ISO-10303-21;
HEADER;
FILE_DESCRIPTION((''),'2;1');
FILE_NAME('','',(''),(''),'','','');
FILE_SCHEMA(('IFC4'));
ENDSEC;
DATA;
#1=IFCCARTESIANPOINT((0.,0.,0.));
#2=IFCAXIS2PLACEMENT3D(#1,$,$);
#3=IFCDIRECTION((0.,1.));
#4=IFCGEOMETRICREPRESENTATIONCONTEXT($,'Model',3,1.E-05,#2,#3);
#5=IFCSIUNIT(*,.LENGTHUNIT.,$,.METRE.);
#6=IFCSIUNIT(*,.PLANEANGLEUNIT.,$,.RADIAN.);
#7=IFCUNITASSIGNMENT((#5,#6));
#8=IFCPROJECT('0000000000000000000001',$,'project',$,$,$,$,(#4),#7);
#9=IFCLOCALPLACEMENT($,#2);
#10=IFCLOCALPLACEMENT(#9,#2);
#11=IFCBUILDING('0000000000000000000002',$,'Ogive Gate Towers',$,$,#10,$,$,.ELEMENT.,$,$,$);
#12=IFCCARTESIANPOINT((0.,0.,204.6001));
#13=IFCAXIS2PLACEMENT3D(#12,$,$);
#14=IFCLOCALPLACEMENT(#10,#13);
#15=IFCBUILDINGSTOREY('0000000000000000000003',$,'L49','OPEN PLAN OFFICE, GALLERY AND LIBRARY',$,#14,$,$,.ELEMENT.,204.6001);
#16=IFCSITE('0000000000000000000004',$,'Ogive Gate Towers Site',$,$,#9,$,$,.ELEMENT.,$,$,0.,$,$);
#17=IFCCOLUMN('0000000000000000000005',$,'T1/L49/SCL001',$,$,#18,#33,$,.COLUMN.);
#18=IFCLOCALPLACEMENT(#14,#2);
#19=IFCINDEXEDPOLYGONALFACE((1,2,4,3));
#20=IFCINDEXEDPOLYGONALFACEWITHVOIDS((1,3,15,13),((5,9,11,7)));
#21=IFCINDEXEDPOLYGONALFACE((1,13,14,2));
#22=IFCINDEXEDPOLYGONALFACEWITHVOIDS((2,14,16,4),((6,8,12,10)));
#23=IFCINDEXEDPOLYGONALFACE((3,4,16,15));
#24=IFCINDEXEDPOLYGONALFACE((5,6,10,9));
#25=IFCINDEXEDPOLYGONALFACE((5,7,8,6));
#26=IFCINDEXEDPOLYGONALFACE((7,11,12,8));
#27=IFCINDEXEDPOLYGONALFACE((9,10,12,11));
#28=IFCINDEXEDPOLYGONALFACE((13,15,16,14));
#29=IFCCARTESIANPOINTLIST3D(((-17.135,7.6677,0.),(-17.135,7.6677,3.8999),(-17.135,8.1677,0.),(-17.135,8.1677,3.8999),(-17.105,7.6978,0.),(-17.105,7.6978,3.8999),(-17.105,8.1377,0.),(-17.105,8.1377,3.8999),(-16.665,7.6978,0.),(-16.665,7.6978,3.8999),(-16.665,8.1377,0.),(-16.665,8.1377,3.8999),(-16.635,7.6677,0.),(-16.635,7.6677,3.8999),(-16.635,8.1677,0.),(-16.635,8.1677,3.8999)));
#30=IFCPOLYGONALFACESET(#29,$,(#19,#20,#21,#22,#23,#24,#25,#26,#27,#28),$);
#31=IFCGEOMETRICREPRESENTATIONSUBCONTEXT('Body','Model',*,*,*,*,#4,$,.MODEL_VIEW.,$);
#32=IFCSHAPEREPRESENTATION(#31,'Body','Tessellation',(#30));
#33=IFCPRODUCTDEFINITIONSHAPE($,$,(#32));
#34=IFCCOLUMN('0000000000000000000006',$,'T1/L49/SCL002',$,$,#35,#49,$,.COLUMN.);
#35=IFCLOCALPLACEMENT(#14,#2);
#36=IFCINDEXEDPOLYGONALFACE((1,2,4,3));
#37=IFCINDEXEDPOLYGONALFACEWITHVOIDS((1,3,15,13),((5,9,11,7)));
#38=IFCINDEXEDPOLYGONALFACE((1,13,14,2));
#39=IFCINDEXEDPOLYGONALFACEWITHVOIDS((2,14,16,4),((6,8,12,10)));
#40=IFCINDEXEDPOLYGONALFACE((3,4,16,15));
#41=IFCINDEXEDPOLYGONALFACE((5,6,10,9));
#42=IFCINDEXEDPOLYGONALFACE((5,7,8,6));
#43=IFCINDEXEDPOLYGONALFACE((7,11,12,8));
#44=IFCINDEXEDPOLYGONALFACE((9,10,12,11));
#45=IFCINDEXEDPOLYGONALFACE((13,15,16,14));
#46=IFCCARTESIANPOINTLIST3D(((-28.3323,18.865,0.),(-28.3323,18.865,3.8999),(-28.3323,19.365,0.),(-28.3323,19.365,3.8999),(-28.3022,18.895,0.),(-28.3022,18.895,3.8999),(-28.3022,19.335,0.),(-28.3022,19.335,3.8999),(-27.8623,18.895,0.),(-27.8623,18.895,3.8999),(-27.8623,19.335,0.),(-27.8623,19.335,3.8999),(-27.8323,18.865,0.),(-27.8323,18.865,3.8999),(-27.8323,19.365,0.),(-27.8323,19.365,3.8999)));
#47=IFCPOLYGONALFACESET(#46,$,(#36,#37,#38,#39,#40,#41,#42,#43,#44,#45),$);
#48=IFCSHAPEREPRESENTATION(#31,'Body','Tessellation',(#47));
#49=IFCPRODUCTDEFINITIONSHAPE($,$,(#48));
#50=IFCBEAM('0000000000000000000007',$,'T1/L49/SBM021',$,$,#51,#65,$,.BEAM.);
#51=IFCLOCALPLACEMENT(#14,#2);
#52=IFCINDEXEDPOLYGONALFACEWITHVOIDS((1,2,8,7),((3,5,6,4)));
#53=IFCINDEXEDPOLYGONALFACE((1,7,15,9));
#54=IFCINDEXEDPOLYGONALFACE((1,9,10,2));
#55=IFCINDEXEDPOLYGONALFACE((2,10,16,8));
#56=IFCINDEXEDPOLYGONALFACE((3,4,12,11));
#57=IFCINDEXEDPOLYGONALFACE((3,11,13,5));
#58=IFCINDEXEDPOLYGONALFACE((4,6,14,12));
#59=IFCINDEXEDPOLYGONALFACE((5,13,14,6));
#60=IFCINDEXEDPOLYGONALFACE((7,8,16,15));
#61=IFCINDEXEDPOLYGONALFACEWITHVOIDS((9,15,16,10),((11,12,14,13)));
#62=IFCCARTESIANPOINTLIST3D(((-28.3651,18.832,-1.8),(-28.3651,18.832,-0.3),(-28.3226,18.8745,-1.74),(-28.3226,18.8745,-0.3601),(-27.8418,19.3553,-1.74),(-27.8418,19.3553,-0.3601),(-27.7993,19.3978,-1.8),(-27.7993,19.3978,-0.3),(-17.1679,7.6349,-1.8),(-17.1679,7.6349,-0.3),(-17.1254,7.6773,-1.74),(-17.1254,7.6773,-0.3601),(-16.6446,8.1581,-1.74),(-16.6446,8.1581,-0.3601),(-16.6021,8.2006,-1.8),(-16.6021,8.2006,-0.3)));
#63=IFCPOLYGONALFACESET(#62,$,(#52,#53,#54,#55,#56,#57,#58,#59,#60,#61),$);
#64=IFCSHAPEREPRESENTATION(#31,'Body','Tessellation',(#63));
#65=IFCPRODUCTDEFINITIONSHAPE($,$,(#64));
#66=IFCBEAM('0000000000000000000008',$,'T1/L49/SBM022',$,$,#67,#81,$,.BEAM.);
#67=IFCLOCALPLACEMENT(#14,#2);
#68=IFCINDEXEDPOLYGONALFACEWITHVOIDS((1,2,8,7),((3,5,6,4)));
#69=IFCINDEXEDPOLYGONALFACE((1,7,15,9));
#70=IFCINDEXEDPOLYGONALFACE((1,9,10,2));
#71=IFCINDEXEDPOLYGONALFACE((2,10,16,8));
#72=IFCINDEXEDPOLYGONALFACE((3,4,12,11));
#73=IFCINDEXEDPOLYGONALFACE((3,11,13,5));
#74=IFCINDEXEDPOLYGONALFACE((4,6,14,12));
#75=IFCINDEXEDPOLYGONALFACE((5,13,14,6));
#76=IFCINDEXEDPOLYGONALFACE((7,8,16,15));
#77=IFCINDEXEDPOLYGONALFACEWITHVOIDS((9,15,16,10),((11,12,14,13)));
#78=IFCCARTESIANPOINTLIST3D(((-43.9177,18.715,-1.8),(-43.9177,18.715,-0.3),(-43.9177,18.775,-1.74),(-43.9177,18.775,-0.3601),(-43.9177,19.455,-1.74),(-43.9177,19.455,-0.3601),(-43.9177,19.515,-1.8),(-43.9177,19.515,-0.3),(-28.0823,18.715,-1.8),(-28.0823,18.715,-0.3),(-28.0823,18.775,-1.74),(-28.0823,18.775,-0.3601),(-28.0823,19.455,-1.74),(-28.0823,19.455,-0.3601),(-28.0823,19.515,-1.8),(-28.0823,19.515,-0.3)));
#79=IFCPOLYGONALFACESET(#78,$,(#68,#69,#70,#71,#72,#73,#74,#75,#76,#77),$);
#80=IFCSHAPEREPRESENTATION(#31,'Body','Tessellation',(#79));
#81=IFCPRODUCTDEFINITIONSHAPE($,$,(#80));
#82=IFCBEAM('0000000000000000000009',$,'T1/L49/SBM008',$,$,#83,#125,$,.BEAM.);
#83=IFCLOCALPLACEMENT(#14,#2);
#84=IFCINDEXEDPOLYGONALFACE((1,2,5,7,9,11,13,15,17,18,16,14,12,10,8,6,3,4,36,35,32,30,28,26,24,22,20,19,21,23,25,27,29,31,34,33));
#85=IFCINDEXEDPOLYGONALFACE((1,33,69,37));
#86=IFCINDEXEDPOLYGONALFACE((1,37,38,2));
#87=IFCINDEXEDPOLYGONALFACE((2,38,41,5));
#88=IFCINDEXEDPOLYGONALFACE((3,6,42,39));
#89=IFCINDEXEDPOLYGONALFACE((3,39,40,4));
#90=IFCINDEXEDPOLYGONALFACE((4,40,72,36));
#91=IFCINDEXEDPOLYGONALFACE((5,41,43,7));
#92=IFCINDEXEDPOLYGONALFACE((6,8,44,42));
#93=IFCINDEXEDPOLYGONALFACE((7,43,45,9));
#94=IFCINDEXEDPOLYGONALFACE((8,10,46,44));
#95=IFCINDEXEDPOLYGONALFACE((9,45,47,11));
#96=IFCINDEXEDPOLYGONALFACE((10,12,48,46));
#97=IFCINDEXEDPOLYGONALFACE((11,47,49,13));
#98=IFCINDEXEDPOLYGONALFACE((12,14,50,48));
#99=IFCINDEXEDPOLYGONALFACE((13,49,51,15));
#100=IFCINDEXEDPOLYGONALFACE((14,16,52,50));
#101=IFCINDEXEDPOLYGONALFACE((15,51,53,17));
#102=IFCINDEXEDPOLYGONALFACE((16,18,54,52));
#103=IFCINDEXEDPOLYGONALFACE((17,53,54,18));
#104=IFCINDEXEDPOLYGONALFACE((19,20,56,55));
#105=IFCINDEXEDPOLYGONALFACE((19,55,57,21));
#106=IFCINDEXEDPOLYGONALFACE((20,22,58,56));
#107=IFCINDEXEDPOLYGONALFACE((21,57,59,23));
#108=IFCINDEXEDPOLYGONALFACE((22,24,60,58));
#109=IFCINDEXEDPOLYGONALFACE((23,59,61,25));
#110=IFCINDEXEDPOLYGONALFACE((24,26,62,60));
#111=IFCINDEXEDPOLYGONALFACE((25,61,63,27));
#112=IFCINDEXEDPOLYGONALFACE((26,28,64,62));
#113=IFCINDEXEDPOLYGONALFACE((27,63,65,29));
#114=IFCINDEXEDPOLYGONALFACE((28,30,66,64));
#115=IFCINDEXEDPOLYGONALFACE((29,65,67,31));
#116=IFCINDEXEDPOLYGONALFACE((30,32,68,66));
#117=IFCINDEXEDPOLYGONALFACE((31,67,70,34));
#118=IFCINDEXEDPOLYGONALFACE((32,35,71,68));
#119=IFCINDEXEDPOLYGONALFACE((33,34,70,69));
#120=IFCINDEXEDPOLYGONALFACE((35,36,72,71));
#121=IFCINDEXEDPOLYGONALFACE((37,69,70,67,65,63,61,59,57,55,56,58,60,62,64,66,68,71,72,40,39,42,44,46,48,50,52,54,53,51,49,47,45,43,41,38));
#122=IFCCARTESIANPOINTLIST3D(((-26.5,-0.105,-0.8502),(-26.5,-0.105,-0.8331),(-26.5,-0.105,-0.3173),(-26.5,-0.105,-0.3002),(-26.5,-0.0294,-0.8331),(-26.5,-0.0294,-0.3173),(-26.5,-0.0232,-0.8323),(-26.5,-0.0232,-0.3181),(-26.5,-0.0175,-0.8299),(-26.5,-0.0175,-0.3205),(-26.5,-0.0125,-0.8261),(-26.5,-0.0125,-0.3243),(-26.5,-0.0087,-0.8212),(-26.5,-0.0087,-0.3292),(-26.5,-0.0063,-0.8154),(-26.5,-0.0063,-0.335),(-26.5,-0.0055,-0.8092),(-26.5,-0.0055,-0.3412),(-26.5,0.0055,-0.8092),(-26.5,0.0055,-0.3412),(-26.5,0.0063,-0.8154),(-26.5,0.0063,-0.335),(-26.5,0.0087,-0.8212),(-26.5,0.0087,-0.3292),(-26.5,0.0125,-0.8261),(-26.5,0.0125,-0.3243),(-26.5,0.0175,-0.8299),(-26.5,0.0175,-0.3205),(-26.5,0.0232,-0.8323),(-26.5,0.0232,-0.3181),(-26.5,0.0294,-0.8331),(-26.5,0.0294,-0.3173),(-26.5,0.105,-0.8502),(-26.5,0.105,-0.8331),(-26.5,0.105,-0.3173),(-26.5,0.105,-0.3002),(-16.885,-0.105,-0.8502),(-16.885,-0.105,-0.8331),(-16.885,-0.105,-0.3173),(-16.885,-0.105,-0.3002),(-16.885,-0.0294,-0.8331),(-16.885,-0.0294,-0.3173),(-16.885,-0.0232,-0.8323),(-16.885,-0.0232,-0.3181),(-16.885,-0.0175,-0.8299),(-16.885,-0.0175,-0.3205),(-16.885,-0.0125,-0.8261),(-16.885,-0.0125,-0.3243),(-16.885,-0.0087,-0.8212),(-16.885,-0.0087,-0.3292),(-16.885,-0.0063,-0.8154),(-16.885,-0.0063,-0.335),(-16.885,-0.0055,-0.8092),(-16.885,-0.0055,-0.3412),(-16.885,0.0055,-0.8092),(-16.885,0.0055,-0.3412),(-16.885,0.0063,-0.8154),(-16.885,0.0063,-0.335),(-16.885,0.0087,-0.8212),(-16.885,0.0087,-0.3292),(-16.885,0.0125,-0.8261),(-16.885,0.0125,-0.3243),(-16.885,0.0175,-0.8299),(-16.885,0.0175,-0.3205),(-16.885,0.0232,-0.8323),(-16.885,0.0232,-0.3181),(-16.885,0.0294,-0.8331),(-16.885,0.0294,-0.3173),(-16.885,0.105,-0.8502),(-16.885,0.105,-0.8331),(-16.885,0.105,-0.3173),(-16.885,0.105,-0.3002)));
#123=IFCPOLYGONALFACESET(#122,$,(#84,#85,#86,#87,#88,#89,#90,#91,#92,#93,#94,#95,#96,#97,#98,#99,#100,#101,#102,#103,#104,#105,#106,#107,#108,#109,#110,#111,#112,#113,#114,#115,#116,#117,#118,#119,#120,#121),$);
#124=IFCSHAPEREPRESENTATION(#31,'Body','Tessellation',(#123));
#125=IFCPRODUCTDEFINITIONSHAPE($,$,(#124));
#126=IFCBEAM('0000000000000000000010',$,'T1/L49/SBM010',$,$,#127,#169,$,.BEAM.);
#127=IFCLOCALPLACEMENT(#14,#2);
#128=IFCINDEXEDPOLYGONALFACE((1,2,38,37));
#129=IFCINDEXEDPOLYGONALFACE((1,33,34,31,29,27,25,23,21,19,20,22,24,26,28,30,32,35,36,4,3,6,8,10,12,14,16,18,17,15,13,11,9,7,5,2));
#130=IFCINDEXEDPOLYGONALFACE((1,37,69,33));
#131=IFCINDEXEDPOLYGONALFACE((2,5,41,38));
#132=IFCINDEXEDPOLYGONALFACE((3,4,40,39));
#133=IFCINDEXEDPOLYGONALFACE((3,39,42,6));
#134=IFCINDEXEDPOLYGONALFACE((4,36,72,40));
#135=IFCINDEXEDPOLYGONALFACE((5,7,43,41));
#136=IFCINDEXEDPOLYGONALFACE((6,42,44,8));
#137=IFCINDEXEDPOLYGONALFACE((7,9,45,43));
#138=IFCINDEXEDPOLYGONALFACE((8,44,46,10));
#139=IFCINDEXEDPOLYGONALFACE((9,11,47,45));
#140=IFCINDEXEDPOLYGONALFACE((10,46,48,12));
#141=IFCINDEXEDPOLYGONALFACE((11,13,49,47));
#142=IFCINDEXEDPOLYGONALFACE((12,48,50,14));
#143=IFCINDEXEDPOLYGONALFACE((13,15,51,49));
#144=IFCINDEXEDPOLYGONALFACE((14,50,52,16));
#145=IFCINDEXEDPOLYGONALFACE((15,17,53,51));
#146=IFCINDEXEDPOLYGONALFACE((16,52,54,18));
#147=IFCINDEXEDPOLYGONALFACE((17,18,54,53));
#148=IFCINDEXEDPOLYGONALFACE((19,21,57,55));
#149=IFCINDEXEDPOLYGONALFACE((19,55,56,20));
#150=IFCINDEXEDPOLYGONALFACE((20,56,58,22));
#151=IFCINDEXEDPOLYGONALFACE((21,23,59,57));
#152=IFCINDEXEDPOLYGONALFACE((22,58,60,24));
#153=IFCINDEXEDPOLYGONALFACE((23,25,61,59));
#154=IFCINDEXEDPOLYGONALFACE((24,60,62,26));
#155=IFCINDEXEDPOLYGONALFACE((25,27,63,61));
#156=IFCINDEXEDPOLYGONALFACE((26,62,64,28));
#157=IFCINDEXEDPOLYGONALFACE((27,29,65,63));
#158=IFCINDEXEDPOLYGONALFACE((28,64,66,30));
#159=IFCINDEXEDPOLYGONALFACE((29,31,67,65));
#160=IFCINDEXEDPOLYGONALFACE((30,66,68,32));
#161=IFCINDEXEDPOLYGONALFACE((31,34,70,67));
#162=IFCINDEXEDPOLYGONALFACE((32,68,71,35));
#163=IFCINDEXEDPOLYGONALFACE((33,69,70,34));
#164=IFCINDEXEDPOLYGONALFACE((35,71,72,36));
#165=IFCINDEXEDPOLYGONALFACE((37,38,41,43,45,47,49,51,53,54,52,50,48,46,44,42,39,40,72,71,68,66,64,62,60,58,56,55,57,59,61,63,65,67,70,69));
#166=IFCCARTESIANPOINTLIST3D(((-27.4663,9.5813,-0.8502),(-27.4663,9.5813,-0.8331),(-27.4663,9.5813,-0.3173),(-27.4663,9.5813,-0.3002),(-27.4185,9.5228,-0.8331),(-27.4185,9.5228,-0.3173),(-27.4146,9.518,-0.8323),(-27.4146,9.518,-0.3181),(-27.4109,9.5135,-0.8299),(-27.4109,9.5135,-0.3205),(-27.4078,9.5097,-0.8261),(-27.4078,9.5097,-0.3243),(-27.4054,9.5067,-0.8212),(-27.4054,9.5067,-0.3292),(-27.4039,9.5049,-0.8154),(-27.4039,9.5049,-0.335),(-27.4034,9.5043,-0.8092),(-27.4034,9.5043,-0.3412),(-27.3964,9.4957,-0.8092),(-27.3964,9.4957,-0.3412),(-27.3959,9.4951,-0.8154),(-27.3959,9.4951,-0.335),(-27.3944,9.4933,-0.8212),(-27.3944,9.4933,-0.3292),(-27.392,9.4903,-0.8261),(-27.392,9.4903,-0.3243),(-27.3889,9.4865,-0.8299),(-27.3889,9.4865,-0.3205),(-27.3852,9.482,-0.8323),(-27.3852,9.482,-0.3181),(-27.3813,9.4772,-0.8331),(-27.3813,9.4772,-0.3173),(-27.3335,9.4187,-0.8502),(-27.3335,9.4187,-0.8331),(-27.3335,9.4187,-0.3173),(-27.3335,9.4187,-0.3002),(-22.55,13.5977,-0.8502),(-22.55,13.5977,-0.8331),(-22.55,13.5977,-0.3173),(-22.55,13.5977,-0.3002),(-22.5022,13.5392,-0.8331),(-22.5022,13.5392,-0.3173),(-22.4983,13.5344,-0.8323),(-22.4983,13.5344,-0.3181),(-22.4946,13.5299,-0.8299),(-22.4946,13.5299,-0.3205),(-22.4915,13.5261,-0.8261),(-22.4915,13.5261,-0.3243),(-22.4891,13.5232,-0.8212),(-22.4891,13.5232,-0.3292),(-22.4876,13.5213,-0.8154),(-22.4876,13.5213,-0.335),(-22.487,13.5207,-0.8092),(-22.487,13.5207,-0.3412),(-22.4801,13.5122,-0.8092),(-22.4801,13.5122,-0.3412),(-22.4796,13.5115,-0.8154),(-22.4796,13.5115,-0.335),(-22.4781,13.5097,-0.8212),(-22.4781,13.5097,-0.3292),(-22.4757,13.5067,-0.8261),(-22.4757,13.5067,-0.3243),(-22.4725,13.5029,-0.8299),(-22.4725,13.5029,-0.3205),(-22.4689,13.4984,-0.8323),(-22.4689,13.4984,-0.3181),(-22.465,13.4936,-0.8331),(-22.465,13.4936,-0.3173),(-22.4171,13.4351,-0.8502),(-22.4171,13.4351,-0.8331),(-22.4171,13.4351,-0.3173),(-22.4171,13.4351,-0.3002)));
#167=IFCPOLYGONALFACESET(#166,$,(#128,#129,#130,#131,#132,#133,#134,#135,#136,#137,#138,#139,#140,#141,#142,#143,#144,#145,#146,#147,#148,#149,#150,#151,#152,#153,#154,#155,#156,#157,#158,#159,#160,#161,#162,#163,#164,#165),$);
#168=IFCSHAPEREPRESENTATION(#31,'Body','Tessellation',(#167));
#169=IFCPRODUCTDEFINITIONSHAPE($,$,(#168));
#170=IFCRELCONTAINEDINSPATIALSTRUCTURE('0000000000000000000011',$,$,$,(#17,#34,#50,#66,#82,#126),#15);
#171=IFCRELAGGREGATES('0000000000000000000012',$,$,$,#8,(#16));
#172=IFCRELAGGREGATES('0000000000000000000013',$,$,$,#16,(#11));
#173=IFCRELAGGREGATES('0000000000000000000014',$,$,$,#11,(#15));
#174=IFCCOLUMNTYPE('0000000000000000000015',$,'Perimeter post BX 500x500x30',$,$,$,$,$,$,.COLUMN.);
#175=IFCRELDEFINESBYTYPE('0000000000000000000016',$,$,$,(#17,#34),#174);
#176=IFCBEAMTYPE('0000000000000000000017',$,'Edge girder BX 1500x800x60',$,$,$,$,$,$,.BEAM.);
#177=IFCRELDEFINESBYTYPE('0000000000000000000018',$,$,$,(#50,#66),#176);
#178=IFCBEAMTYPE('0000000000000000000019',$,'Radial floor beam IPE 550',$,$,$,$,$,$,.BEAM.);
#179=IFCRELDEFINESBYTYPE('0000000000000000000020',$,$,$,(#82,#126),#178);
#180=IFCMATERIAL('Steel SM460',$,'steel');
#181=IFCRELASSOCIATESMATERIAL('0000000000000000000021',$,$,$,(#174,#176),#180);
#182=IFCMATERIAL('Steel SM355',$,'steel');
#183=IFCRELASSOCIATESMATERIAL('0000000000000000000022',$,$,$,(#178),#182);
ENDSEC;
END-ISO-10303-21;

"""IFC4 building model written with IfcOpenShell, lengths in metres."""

from ifc_helpers import new_model, si_unit, direction, frame, origin, origin_2d, place, context, subcontext, project, spatial, hollow_rectangle, i_section, extrude, material, material_profile, profile_set, type_object, element, save


model = new_model("IFC4")

# Units and contexts
model_context = context("Model", 3, precision=1e-05, world=origin(), true_north=direction((0.0, 1.0)))
body_context = subcontext(model_context, "Body", "Model", "MODEL_VIEW")
ifc_project = project(units=[si_unit("LENGTHUNIT", "METRE"), si_unit("PLANEANGLEUNIT", "RADIAN")], contexts=[model_context])

# Site, building, storey
site_placement = place(None, origin())
site = spatial("IfcSite", under=ifc_project, at=site_placement, Name="Ogive Gate Towers Site", CompositionType="ELEMENT", RefElevation=0.0)
building_placement = place(site_placement, origin())
building = spatial("IfcBuilding", under=site, at=building_placement, Name="Ogive Gate Towers", CompositionType="ELEMENT")
storey_placement = place(building_placement, frame((0.0, 0.0, 204.6001)))
storey = spatial("IfcBuildingStorey", under=building, at=storey_placement, Name="L49", Description="OPEN PLAN OFFICE, GALLERY AND LIBRARY", CompositionType="ELEMENT", Elevation=204.6001)

# Columns
ifc_material_1 = material(Name="Steel SM460", Category="steel")
ifc_material_profile_1 = material_profile(ifc_material_1, hollow_rectangle(XDim=0.5, YDim=0.5, WallThickness=0.03, at=origin_2d()), Name="BX 500x500x30")
ifc_profile_set_1 = profile_set([ifc_material_profile_1], Name="Steel SM460")
column_type = type_object("IfcColumnType", Name="Perimeter post BX 500x500x30", PredefinedType="COLUMN", material=ifc_profile_set_1)
for number, where, z_axis, x_axis, name in (
    (1, (-16.885, 7.9177, 0.0), (0.0, 0.0, 1.0), (1.0, 0.0, 0.0), "T1/L49/SCL001"),
    (2, (-28.0823, 19.115, 0.0), (0.0, 0.0, 1.0), (1.0, 0.0, 0.0), "T1/L49/SCL002"),
):
    element("IfcColumn", number, at=place(storey_placement, frame(where, z_axis=z_axis, x_axis=x_axis)), inside=storey, type_object=column_type, Name=name, PredefinedType="COLUMN", context=body_context, shape_type="SweptSolid", body=[
        extrude(hollow_rectangle(XDim=0.5, YDim=0.5, WallThickness=0.03, at=origin_2d()), origin(), (0.0, 0.0, 1.0), 3.8999),
    ])

# Beams
ifc_material_profile_2 = material_profile(ifc_material_1, hollow_rectangle(XDim=0.8, YDim=1.5, WallThickness=0.0601, at=origin_2d()), Name="BX 1500x800x60")
ifc_profile_set_2 = profile_set([ifc_material_profile_2], Name="Steel SM460")
beam_type_1 = type_object("IfcBeamType", Name="Edge girder BX 1500x800x60", PredefinedType="BEAM", material=ifc_profile_set_2)
beam_1_placement = place(storey_placement, frame((-16.885, 7.9177, -1.05), z_axis=(-0.707107, 0.707107, 0.0), x_axis=(-0.707107, -0.707107, 0.0)))
element("IfcBeam", 3, at=beam_1_placement, inside=storey, type_object=beam_type_1, Name="T1/L49/SBM021", PredefinedType="BEAM", context=body_context, shape_type="SweptSolid", body=[
    extrude(hollow_rectangle(XDim=0.8, YDim=1.5, WallThickness=0.0601, at=origin_2d()), origin(), (0.0, 0.0, 1.0), 15.8352),
])
beam_2_placement = place(storey_placement, frame((-28.0823, 19.115, -1.05), z_axis=(-1.0, 0.0, 0.0), x_axis=(0.0, -1.0, 0.0)))
element("IfcBeam", 4, at=beam_2_placement, inside=storey, type_object=beam_type_1, Name="T1/L49/SBM022", PredefinedType="BEAM", context=body_context, shape_type="SweptSolid", body=[
    extrude(hollow_rectangle(XDim=0.8, YDim=1.5, WallThickness=0.0601, at=origin_2d()), origin(), (0.0, 0.0, 1.0), 15.8354),
])
ifc_material_2 = material(Name="Steel SM355", Category="steel")
ifc_material_profile_3 = material_profile(ifc_material_2, i_section(OverallWidth=0.21, OverallDepth=0.55, WebThickness=0.011, FlangeThickness=0.0171, FilletRadius=0.0239, at=origin_2d()), Name="IPE 550")
ifc_profile_set_3 = profile_set([ifc_material_profile_3], Name="Steel SM355")
beam_type_2 = type_object("IfcBeamType", Name="Radial floor beam IPE 550", PredefinedType="BEAM", material=ifc_profile_set_3)
beam_3_placement = place(storey_placement, frame((-26.5, 0.0, -0.5752), z_axis=(1.0, 0.0, 0.0), x_axis=(0.0, 1.0, 0.0)))
element("IfcBeam", 5, at=beam_3_placement, inside=storey, type_object=beam_type_2, Name="T1/L49/SBM008", PredefinedType="BEAM", context=body_context, shape_type="SweptSolid", body=[
    extrude(i_section(OverallWidth=0.21, OverallDepth=0.55, WebThickness=0.011, FlangeThickness=0.0171, FilletRadius=0.0239, at=origin_2d()), origin(), (0.0, 0.0, 1.0), 9.615),
])
beam_4_placement = place(storey_placement, frame((-27.3999, 9.5, -0.5752), z_axis=(0.774423, 0.632668, 0.0), x_axis=(-0.632668, 0.774423, 0.0)))
element("IfcBeam", 6, at=beam_4_placement, inside=storey, type_object=beam_type_2, Name="T1/L49/SBM010", PredefinedType="BEAM", context=body_context, shape_type="SweptSolid", body=[
    extrude(i_section(OverallWidth=0.21, OverallDepth=0.55, WebThickness=0.011, FlangeThickness=0.0171, FilletRadius=0.0239, at=origin_2d()), origin(), (0.0, 0.0, 1.0), 6.3484),
])

save(model, "model.ifc")
